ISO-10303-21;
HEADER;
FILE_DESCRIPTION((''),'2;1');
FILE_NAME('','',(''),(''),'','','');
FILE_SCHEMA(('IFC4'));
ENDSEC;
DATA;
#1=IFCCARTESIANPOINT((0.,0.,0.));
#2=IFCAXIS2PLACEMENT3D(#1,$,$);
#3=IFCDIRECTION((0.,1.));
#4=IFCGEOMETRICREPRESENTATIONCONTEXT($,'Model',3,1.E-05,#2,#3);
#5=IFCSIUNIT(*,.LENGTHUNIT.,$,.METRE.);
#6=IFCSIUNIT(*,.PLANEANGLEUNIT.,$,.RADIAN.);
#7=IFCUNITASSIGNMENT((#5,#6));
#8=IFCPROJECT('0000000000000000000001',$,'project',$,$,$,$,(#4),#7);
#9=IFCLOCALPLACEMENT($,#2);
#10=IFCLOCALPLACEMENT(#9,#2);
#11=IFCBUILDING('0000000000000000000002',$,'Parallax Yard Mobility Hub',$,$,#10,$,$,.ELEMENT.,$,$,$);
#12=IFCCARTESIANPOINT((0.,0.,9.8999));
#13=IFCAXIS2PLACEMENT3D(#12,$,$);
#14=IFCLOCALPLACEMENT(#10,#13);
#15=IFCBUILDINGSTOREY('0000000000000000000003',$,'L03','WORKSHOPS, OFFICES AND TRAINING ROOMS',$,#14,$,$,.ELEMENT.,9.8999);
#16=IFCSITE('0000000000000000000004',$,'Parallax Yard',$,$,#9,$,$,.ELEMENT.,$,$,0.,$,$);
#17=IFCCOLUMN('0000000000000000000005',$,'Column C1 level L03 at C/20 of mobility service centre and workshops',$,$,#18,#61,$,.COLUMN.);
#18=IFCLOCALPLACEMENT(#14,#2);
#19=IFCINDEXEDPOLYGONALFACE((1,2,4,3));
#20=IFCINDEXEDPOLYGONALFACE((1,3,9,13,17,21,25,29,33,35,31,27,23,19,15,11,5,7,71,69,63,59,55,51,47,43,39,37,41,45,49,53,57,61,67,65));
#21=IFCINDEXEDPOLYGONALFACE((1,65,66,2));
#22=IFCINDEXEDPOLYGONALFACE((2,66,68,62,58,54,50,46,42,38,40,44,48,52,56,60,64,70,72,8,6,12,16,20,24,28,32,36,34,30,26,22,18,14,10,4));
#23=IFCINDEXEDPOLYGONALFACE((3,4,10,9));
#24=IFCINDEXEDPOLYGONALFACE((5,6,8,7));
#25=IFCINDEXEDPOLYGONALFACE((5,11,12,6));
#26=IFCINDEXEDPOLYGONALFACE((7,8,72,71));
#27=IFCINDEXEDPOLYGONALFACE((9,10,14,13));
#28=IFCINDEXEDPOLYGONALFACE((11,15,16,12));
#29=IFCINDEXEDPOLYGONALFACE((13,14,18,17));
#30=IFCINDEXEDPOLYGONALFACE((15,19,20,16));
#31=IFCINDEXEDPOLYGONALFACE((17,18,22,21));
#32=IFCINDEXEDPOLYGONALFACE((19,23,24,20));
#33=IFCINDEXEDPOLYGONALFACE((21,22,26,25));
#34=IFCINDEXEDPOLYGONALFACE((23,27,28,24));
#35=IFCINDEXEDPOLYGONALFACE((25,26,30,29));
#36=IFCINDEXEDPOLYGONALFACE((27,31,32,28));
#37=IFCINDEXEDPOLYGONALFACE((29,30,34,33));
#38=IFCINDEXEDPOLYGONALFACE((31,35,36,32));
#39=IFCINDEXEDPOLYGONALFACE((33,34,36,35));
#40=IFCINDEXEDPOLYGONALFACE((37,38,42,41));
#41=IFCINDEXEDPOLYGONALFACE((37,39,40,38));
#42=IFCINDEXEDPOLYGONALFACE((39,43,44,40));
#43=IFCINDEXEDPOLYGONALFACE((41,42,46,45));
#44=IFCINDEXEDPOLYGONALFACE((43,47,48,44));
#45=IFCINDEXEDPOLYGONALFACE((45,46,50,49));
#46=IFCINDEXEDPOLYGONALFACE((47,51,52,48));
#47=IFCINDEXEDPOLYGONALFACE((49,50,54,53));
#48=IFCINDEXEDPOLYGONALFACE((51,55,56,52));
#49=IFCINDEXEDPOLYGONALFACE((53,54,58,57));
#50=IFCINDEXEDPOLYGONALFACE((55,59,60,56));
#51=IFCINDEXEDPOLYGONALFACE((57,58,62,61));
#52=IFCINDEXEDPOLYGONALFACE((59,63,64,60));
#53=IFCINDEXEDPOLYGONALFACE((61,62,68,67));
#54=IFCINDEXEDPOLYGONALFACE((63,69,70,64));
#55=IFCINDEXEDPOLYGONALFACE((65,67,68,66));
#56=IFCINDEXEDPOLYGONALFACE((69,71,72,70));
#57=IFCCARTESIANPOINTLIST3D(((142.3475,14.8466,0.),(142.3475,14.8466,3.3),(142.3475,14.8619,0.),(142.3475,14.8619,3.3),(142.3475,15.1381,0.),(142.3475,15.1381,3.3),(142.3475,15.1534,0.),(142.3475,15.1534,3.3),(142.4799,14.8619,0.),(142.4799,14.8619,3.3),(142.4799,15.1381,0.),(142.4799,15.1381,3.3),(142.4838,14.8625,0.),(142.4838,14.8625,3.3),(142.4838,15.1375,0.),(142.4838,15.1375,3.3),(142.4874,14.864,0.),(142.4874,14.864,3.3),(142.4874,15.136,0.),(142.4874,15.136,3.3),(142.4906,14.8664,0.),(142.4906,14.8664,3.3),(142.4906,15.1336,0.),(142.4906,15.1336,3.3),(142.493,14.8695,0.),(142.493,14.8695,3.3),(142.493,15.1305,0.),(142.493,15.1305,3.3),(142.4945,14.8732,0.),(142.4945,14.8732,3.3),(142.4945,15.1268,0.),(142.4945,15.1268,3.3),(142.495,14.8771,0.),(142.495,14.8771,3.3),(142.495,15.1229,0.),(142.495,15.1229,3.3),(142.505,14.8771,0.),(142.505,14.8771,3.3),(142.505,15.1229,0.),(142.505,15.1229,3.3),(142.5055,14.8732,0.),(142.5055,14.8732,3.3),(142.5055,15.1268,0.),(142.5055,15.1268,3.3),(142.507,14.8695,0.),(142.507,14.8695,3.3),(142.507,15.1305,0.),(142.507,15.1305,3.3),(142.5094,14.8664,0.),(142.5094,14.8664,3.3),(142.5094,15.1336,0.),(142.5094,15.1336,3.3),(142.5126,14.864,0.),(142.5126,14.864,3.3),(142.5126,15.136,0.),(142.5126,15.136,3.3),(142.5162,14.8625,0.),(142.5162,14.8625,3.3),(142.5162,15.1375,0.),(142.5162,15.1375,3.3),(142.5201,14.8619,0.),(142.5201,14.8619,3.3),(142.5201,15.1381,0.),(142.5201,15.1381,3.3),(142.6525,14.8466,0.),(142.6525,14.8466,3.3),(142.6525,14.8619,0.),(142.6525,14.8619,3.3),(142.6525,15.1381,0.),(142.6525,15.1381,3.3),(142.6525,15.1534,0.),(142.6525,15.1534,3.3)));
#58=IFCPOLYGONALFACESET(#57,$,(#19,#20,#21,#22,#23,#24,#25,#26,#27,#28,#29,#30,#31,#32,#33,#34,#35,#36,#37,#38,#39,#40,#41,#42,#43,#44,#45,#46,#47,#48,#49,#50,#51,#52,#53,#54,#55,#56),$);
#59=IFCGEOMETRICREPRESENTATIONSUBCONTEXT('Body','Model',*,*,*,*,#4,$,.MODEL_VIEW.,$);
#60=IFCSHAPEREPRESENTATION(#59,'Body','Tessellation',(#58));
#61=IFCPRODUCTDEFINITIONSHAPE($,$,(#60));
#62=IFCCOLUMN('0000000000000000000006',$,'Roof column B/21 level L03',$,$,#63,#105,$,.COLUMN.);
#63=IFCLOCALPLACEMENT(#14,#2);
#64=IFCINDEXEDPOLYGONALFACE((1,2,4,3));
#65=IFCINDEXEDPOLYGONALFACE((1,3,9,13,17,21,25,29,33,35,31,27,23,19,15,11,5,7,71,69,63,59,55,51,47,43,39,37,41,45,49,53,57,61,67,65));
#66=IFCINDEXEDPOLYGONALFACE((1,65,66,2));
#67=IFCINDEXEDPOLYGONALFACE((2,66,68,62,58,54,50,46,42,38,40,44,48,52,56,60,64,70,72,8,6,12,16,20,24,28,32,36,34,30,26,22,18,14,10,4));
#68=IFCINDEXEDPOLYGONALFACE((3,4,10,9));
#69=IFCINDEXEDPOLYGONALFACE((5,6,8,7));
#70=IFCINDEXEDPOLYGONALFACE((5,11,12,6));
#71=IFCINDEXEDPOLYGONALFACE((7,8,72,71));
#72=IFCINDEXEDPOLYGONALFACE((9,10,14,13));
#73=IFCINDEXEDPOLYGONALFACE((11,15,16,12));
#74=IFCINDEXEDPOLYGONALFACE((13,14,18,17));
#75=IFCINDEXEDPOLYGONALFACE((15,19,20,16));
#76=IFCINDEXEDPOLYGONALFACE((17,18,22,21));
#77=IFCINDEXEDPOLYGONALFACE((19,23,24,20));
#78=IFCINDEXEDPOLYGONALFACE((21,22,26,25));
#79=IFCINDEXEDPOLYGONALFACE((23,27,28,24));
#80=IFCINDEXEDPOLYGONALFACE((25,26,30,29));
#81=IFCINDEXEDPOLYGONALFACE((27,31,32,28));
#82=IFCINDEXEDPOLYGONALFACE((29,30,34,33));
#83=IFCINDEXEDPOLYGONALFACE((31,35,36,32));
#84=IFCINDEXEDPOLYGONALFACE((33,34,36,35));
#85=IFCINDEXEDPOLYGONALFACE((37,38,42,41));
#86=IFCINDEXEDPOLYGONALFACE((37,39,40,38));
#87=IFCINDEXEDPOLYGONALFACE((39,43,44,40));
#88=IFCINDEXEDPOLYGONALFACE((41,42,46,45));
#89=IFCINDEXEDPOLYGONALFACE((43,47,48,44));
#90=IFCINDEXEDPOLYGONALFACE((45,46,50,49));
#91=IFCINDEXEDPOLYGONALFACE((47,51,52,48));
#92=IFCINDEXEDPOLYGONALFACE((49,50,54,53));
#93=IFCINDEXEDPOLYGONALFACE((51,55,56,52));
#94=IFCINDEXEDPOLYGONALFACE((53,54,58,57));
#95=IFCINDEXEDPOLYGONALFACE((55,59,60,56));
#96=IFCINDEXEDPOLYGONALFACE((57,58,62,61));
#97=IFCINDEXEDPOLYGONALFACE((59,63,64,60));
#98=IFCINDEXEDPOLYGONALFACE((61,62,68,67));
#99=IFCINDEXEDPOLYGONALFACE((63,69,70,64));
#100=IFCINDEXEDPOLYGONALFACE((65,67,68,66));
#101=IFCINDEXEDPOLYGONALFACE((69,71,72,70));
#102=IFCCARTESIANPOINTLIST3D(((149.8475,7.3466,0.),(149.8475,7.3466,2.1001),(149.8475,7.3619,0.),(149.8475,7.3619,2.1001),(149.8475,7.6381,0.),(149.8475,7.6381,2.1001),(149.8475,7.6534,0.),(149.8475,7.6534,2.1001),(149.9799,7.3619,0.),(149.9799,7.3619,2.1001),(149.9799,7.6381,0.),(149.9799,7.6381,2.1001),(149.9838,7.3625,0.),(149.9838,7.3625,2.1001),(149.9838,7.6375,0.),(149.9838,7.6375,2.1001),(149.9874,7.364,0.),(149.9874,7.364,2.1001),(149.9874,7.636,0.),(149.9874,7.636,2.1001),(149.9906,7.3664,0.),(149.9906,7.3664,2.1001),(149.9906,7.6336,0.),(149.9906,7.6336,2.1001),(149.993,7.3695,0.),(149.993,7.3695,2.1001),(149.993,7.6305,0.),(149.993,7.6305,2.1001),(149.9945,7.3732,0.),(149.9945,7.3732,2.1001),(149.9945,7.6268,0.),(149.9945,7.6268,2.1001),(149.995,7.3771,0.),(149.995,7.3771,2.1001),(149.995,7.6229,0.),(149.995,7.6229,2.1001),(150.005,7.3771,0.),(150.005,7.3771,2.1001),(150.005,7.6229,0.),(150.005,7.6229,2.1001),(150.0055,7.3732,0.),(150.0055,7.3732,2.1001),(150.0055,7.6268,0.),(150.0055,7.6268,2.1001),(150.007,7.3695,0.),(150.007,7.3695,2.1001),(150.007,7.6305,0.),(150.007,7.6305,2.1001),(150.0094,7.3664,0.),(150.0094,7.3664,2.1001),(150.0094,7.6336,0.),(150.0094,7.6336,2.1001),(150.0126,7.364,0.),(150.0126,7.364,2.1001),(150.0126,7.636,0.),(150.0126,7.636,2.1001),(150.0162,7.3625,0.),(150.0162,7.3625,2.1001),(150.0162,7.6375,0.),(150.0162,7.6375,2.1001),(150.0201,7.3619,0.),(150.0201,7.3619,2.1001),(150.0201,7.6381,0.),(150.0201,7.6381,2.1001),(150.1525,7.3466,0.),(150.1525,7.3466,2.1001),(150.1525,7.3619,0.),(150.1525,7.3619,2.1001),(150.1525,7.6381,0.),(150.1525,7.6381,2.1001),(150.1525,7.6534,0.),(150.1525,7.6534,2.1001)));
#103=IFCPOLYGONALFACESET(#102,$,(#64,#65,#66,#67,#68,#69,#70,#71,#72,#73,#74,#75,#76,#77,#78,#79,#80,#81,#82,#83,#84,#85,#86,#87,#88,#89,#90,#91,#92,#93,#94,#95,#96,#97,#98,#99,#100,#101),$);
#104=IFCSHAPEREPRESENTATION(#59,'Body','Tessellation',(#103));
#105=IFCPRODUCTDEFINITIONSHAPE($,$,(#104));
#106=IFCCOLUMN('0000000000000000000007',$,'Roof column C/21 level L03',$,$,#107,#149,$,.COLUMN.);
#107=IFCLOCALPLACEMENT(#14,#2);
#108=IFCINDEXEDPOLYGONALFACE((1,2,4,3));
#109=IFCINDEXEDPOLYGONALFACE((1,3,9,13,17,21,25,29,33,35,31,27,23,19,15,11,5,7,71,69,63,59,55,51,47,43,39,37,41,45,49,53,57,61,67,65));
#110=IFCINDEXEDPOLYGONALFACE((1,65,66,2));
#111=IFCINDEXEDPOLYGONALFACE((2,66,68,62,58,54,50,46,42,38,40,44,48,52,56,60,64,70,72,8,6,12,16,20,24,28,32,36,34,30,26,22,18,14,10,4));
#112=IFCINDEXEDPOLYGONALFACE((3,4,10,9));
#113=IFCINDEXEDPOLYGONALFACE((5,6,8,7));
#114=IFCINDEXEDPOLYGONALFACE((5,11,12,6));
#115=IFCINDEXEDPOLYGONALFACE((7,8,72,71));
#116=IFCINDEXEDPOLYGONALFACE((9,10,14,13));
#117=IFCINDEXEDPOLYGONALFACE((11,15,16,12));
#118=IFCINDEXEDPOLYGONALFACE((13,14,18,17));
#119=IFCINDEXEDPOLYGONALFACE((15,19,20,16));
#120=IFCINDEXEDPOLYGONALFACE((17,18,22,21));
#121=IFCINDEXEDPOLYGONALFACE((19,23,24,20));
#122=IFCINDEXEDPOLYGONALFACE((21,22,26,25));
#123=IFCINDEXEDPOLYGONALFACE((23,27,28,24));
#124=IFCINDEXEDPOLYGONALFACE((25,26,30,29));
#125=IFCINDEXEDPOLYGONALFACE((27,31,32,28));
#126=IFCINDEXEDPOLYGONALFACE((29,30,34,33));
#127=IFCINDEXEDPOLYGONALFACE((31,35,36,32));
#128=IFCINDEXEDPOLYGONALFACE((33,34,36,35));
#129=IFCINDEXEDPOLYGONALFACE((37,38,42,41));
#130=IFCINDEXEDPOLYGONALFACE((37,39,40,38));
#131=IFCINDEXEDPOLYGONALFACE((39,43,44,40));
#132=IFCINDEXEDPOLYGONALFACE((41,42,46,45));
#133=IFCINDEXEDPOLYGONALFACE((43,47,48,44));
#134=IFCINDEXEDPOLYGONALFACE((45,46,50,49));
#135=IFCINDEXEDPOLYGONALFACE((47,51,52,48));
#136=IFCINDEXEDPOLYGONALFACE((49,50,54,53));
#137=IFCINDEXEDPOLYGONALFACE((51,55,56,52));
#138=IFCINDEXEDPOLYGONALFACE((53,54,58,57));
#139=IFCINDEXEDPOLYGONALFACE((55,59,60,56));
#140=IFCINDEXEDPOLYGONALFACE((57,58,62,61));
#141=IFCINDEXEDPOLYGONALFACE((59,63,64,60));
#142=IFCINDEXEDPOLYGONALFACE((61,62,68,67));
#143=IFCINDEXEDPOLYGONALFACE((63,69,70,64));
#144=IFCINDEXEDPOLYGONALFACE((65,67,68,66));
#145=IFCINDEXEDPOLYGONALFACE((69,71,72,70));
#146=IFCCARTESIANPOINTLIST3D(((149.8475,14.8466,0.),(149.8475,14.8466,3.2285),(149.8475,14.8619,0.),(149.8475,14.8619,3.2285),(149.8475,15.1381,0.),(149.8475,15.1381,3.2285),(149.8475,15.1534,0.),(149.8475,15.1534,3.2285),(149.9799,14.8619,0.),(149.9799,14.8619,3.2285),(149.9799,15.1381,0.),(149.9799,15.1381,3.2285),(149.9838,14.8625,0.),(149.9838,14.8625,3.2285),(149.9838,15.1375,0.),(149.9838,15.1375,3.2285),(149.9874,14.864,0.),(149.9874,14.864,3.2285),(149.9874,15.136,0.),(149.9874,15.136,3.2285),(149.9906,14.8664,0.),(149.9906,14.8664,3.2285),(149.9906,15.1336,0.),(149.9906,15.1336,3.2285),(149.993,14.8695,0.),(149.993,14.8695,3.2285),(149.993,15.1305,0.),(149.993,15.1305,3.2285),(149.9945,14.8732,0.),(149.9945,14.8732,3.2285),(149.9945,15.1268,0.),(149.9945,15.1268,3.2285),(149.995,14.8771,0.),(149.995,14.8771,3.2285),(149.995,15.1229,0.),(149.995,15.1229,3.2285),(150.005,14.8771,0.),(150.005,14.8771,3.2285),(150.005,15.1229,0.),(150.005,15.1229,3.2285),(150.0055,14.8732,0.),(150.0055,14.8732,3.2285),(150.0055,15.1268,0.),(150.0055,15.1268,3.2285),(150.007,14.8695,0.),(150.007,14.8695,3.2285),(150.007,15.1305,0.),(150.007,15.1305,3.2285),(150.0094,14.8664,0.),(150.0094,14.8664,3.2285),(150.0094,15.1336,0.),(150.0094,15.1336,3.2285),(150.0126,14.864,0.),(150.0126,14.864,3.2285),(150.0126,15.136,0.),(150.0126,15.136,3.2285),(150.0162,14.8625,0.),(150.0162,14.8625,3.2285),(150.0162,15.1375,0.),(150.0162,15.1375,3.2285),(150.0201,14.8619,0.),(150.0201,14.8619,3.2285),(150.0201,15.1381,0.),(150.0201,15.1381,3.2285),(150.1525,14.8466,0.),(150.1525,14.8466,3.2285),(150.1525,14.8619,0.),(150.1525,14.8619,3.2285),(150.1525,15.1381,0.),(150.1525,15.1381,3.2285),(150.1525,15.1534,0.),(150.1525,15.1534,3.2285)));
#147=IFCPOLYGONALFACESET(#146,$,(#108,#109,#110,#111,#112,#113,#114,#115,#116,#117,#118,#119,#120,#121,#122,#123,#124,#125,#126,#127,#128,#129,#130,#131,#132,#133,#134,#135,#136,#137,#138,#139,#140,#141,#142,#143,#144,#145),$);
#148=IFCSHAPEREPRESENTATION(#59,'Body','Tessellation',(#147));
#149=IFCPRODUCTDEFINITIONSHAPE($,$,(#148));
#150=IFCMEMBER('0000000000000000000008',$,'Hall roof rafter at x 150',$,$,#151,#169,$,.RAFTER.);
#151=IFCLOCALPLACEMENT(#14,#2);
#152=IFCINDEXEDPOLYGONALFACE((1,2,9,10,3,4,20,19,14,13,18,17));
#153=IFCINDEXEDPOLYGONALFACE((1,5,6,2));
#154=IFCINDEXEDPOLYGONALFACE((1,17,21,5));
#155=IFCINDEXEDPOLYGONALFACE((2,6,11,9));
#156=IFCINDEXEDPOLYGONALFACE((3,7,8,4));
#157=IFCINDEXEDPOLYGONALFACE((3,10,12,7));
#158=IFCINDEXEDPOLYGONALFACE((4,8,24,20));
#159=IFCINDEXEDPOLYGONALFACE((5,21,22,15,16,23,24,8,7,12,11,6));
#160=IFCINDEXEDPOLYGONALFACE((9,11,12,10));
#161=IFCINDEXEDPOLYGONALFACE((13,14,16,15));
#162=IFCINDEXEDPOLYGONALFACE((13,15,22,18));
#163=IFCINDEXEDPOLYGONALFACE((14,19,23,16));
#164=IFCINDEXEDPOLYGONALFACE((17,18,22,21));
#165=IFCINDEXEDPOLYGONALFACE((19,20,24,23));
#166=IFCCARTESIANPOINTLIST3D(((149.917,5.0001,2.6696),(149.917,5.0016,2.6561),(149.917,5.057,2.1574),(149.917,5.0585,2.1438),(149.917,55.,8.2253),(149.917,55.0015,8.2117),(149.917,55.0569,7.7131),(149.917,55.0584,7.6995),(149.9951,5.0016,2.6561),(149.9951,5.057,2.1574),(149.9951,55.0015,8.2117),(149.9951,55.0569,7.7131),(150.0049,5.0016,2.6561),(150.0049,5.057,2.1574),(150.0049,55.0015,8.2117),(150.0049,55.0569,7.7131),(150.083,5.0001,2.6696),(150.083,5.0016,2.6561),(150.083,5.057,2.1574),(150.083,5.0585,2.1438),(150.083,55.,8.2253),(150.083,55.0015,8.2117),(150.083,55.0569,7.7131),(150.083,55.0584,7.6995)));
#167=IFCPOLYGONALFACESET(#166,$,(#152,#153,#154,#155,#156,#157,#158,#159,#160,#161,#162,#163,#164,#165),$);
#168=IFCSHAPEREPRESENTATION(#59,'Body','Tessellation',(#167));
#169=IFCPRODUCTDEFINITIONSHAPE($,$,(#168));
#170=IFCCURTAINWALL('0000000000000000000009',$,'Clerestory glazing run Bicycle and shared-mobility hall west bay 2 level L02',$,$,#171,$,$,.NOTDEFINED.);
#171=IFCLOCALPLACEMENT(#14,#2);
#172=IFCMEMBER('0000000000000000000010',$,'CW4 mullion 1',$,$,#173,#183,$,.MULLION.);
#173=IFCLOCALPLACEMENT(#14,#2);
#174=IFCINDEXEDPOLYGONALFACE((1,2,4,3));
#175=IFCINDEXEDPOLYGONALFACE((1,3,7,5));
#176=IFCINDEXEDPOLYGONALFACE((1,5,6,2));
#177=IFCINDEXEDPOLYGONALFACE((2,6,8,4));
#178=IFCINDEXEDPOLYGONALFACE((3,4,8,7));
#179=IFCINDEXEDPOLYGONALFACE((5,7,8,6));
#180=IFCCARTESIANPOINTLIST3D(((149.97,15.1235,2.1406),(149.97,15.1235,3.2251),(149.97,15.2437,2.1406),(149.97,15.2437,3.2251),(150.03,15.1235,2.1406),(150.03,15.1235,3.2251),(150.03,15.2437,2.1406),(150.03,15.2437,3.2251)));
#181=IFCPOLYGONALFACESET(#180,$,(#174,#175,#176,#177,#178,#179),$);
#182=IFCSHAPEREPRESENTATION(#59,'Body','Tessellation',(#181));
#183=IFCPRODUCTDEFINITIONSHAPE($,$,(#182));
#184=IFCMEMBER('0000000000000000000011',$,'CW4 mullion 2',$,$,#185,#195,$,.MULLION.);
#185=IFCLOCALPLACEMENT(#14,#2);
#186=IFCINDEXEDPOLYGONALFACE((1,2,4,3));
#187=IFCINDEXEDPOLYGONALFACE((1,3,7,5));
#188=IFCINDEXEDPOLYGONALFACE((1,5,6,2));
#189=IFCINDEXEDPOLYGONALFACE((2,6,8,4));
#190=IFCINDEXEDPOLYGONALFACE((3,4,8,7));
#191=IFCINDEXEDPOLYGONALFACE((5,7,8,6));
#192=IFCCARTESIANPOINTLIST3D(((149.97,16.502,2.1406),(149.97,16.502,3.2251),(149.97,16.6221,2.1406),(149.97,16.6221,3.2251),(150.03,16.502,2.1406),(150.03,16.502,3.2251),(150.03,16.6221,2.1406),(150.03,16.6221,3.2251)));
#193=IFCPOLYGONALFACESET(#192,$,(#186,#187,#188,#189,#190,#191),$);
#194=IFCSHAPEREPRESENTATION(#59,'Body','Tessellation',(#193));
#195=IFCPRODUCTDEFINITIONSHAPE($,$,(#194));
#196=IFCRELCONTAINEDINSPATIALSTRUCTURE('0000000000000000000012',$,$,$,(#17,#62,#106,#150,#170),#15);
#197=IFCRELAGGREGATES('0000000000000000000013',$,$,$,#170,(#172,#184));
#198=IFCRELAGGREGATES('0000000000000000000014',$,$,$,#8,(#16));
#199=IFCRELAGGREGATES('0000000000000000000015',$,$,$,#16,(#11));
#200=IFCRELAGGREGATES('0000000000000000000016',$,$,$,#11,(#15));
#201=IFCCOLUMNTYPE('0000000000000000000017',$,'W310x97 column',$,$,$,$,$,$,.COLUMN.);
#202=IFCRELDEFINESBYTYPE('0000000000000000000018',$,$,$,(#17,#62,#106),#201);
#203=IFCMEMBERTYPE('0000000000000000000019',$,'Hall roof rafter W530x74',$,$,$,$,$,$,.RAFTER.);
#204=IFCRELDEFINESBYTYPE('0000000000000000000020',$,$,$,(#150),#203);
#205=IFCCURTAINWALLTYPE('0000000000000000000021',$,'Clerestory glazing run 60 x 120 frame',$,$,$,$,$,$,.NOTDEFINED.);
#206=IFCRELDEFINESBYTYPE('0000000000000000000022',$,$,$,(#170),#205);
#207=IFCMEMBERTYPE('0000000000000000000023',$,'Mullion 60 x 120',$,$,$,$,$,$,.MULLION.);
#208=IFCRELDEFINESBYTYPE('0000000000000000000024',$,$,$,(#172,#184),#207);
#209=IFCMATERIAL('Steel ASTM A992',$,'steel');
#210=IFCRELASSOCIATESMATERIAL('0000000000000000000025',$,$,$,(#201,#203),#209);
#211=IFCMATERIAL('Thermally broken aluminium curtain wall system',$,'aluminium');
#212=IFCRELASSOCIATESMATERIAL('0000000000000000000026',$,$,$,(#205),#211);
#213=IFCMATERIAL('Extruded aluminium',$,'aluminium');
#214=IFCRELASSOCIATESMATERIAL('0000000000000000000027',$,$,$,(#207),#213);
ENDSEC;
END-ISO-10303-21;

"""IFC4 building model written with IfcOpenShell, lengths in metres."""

from ifc_helpers import new_model, si_unit, direction, frame, origin, origin_2d, place, context, subcontext, project, spatial, rectangle, i_section, extrude, material, material_profile, profile_set, type_object, element, aggregate, save


model = new_model("IFC4")

# Units and contexts
model_context = context("Model", 3, precision=1e-05, world=origin(), true_north=direction((0.0, 1.0)))
body_context = subcontext(model_context, "Body", "Model", "MODEL_VIEW")
ifc_project = project(units=[si_unit("LENGTHUNIT", "METRE"), si_unit("PLANEANGLEUNIT", "RADIAN")], contexts=[model_context])

# Site, building, storey
site_placement = place(None, origin())
site = spatial("IfcSite", under=ifc_project, at=site_placement, Name="Parallax Yard", CompositionType="ELEMENT", RefElevation=0.0)
building_placement = place(site_placement, origin())
building = spatial("IfcBuilding", under=site, at=building_placement, Name="Parallax Yard Mobility Hub", CompositionType="ELEMENT")
storey_placement = place(building_placement, frame((0.0, 0.0, 9.8999)))
storey = spatial("IfcBuildingStorey", under=building, at=storey_placement, Name="L03", Description="WORKSHOPS, OFFICES AND TRAINING ROOMS", CompositionType="ELEMENT", Elevation=9.8999)

# Columns
ifc_material_1 = material(Name="Steel ASTM A992", Category="steel")
ifc_material_profile_1 = material_profile(ifc_material_1, i_section(OverallWidth=0.3049, OverallDepth=0.3069, WebThickness=0.01, FlangeThickness=0.0154, FilletRadius=0.0151, at=origin_2d()), Name="W310x97")
ifc_profile_set_1 = profile_set([ifc_material_profile_1], Name="Steel ASTM A992")
column_type = type_object("IfcColumnType", Name="W310x97 column", PredefinedType="COLUMN", material=ifc_profile_set_1)
column_1_placement = place(storey_placement, frame((142.5, 15.0, 0.0), z_axis=(0.0, 0.0, 1.0), x_axis=(1.0, 0.0, 0.0)))
element("IfcColumn", 1, at=column_1_placement, inside=storey, type_object=column_type, Name="Column C1 level L03 at C/20 of mobility service centre and workshops", PredefinedType="COLUMN", context=body_context, shape_type="SweptSolid", body=[
    extrude(i_section(OverallWidth=0.3049, OverallDepth=0.3069, WebThickness=0.01, FlangeThickness=0.0154, FilletRadius=0.0151, at=origin_2d()), origin(), (0.0, 0.0, 1.0), 3.3),
])
column_2_placement = place(storey_placement, frame((150.0, 7.5, 0.0), z_axis=(0.0, 0.0, 1.0), x_axis=(1.0, 0.0, 0.0)))
element("IfcColumn", 2, at=column_2_placement, inside=storey, type_object=column_type, Name="Roof column B/21 level L03", PredefinedType="COLUMN", context=body_context, shape_type="SweptSolid", body=[
    extrude(i_section(OverallWidth=0.3049, OverallDepth=0.3069, WebThickness=0.01, FlangeThickness=0.0154, FilletRadius=0.0151, at=origin_2d()), origin(), (0.0, 0.0, 1.0), 2.1001),
])
column_3_placement = place(storey_placement, frame((150.0, 15.0, 0.0), z_axis=(0.0, 0.0, 1.0), x_axis=(1.0, 0.0, 0.0)))
element("IfcColumn", 3, at=column_3_placement, inside=storey, type_object=column_type, Name="Roof column C/21 level L03", PredefinedType="COLUMN", context=body_context, shape_type="SweptSolid", body=[
    extrude(i_section(OverallWidth=0.3049, OverallDepth=0.3069, WebThickness=0.01, FlangeThickness=0.0154, FilletRadius=0.0151, at=origin_2d()), origin(), (0.0, 0.0, 1.0), 3.2285),
])

# Member
ifc_material_profile_2 = material_profile(ifc_material_1, i_section(OverallWidth=0.166, OverallDepth=0.5291, WebThickness=0.0098, FlangeThickness=0.0137, at=origin_2d()), Name="W530x74")
ifc_profile_set_2 = profile_set([ifc_material_profile_2], Name="Steel ASTM A992")
member_type_1 = type_object("IfcMemberType", Name="Hall roof rafter W530x74", PredefinedType="RAFTER", material=ifc_profile_set_2)
member_1_placement = place(storey_placement, frame((150.0, 5.0293, 2.4067), z_axis=(0.0, 0.993883, 0.110434), x_axis=(-1.0, 0.0, 0.0)))
element("IfcMember", 4, at=member_1_placement, inside=storey, type_object=member_type_1, Name="Hall roof rafter at x 150", PredefinedType="RAFTER", context=body_context, shape_type="SweptSolid", body=[
    extrude(i_section(OverallWidth=0.166, OverallDepth=0.5291, WebThickness=0.0098, FlangeThickness=0.0137, at=origin_2d()), origin(), (0.0, 0.0, 1.0), 50.3076),
])

# Curtain wall, members
ifc_material_2 = material(Name="Thermally broken aluminium curtain wall system", Category="aluminium")
curtain_wall_type = type_object("IfcCurtainWallType", Name="Clerestory glazing run 60 x 120 frame", PredefinedType="NOTDEFINED", material=ifc_material_2)
curtain_wall_1_placement = place(storey_placement, origin())
curtain_wall_1 = element("IfcCurtainWall", 5, at=curtain_wall_1_placement, inside=storey, type_object=curtain_wall_type, Name="Clerestory glazing run Bicycle and shared-mobility hall west bay 2 level L02", PredefinedType="NOTDEFINED")
ifc_material_3 = material(Name="Extruded aluminium", Category="aluminium")
ifc_material_profile_3 = material_profile(ifc_material_3, rectangle(XDim=0.0601, YDim=0.1201, at=origin_2d()), Name="Mullion 60 x 120")
ifc_profile_set_3 = profile_set([ifc_material_profile_3], Name="Extruded aluminium")
member_type_2 = type_object("IfcMemberType", Name="Mullion 60 x 120", PredefinedType="MULLION", material=ifc_profile_set_3)
member_2_placement = place(storey_placement, frame((150.0, 15.1836, 2.1406), z_axis=(0.0, 0.0, 1.0), x_axis=(-1.0, 0.0, 0.0)))
member_2 = element("IfcMember", 6, at=member_2_placement, type_object=member_type_2, Name="CW4 mullion 1", PredefinedType="MULLION", context=body_context, shape_type="SweptSolid", body=[
    extrude(rectangle(XDim=0.0601, YDim=0.1201, at=origin_2d()), origin(), (0.0, 0.0, 1.0), 1.0845),
])
member_3_placement = place(storey_placement, frame((150.0, 16.562, 2.1406), z_axis=(0.0, 0.0, 1.0), x_axis=(-1.0, 0.0, 0.0)))
member_3 = element("IfcMember", 7, at=member_3_placement, type_object=member_type_2, Name="CW4 mullion 2", PredefinedType="MULLION", context=body_context, shape_type="SweptSolid", body=[
    extrude(rectangle(XDim=0.0601, YDim=0.1201, at=origin_2d()), origin(), (0.0, 0.0, 1.0), 1.0845),
])

aggregate(curtain_wall_1, [member_2, member_3])

save(model, "model.ifc")
